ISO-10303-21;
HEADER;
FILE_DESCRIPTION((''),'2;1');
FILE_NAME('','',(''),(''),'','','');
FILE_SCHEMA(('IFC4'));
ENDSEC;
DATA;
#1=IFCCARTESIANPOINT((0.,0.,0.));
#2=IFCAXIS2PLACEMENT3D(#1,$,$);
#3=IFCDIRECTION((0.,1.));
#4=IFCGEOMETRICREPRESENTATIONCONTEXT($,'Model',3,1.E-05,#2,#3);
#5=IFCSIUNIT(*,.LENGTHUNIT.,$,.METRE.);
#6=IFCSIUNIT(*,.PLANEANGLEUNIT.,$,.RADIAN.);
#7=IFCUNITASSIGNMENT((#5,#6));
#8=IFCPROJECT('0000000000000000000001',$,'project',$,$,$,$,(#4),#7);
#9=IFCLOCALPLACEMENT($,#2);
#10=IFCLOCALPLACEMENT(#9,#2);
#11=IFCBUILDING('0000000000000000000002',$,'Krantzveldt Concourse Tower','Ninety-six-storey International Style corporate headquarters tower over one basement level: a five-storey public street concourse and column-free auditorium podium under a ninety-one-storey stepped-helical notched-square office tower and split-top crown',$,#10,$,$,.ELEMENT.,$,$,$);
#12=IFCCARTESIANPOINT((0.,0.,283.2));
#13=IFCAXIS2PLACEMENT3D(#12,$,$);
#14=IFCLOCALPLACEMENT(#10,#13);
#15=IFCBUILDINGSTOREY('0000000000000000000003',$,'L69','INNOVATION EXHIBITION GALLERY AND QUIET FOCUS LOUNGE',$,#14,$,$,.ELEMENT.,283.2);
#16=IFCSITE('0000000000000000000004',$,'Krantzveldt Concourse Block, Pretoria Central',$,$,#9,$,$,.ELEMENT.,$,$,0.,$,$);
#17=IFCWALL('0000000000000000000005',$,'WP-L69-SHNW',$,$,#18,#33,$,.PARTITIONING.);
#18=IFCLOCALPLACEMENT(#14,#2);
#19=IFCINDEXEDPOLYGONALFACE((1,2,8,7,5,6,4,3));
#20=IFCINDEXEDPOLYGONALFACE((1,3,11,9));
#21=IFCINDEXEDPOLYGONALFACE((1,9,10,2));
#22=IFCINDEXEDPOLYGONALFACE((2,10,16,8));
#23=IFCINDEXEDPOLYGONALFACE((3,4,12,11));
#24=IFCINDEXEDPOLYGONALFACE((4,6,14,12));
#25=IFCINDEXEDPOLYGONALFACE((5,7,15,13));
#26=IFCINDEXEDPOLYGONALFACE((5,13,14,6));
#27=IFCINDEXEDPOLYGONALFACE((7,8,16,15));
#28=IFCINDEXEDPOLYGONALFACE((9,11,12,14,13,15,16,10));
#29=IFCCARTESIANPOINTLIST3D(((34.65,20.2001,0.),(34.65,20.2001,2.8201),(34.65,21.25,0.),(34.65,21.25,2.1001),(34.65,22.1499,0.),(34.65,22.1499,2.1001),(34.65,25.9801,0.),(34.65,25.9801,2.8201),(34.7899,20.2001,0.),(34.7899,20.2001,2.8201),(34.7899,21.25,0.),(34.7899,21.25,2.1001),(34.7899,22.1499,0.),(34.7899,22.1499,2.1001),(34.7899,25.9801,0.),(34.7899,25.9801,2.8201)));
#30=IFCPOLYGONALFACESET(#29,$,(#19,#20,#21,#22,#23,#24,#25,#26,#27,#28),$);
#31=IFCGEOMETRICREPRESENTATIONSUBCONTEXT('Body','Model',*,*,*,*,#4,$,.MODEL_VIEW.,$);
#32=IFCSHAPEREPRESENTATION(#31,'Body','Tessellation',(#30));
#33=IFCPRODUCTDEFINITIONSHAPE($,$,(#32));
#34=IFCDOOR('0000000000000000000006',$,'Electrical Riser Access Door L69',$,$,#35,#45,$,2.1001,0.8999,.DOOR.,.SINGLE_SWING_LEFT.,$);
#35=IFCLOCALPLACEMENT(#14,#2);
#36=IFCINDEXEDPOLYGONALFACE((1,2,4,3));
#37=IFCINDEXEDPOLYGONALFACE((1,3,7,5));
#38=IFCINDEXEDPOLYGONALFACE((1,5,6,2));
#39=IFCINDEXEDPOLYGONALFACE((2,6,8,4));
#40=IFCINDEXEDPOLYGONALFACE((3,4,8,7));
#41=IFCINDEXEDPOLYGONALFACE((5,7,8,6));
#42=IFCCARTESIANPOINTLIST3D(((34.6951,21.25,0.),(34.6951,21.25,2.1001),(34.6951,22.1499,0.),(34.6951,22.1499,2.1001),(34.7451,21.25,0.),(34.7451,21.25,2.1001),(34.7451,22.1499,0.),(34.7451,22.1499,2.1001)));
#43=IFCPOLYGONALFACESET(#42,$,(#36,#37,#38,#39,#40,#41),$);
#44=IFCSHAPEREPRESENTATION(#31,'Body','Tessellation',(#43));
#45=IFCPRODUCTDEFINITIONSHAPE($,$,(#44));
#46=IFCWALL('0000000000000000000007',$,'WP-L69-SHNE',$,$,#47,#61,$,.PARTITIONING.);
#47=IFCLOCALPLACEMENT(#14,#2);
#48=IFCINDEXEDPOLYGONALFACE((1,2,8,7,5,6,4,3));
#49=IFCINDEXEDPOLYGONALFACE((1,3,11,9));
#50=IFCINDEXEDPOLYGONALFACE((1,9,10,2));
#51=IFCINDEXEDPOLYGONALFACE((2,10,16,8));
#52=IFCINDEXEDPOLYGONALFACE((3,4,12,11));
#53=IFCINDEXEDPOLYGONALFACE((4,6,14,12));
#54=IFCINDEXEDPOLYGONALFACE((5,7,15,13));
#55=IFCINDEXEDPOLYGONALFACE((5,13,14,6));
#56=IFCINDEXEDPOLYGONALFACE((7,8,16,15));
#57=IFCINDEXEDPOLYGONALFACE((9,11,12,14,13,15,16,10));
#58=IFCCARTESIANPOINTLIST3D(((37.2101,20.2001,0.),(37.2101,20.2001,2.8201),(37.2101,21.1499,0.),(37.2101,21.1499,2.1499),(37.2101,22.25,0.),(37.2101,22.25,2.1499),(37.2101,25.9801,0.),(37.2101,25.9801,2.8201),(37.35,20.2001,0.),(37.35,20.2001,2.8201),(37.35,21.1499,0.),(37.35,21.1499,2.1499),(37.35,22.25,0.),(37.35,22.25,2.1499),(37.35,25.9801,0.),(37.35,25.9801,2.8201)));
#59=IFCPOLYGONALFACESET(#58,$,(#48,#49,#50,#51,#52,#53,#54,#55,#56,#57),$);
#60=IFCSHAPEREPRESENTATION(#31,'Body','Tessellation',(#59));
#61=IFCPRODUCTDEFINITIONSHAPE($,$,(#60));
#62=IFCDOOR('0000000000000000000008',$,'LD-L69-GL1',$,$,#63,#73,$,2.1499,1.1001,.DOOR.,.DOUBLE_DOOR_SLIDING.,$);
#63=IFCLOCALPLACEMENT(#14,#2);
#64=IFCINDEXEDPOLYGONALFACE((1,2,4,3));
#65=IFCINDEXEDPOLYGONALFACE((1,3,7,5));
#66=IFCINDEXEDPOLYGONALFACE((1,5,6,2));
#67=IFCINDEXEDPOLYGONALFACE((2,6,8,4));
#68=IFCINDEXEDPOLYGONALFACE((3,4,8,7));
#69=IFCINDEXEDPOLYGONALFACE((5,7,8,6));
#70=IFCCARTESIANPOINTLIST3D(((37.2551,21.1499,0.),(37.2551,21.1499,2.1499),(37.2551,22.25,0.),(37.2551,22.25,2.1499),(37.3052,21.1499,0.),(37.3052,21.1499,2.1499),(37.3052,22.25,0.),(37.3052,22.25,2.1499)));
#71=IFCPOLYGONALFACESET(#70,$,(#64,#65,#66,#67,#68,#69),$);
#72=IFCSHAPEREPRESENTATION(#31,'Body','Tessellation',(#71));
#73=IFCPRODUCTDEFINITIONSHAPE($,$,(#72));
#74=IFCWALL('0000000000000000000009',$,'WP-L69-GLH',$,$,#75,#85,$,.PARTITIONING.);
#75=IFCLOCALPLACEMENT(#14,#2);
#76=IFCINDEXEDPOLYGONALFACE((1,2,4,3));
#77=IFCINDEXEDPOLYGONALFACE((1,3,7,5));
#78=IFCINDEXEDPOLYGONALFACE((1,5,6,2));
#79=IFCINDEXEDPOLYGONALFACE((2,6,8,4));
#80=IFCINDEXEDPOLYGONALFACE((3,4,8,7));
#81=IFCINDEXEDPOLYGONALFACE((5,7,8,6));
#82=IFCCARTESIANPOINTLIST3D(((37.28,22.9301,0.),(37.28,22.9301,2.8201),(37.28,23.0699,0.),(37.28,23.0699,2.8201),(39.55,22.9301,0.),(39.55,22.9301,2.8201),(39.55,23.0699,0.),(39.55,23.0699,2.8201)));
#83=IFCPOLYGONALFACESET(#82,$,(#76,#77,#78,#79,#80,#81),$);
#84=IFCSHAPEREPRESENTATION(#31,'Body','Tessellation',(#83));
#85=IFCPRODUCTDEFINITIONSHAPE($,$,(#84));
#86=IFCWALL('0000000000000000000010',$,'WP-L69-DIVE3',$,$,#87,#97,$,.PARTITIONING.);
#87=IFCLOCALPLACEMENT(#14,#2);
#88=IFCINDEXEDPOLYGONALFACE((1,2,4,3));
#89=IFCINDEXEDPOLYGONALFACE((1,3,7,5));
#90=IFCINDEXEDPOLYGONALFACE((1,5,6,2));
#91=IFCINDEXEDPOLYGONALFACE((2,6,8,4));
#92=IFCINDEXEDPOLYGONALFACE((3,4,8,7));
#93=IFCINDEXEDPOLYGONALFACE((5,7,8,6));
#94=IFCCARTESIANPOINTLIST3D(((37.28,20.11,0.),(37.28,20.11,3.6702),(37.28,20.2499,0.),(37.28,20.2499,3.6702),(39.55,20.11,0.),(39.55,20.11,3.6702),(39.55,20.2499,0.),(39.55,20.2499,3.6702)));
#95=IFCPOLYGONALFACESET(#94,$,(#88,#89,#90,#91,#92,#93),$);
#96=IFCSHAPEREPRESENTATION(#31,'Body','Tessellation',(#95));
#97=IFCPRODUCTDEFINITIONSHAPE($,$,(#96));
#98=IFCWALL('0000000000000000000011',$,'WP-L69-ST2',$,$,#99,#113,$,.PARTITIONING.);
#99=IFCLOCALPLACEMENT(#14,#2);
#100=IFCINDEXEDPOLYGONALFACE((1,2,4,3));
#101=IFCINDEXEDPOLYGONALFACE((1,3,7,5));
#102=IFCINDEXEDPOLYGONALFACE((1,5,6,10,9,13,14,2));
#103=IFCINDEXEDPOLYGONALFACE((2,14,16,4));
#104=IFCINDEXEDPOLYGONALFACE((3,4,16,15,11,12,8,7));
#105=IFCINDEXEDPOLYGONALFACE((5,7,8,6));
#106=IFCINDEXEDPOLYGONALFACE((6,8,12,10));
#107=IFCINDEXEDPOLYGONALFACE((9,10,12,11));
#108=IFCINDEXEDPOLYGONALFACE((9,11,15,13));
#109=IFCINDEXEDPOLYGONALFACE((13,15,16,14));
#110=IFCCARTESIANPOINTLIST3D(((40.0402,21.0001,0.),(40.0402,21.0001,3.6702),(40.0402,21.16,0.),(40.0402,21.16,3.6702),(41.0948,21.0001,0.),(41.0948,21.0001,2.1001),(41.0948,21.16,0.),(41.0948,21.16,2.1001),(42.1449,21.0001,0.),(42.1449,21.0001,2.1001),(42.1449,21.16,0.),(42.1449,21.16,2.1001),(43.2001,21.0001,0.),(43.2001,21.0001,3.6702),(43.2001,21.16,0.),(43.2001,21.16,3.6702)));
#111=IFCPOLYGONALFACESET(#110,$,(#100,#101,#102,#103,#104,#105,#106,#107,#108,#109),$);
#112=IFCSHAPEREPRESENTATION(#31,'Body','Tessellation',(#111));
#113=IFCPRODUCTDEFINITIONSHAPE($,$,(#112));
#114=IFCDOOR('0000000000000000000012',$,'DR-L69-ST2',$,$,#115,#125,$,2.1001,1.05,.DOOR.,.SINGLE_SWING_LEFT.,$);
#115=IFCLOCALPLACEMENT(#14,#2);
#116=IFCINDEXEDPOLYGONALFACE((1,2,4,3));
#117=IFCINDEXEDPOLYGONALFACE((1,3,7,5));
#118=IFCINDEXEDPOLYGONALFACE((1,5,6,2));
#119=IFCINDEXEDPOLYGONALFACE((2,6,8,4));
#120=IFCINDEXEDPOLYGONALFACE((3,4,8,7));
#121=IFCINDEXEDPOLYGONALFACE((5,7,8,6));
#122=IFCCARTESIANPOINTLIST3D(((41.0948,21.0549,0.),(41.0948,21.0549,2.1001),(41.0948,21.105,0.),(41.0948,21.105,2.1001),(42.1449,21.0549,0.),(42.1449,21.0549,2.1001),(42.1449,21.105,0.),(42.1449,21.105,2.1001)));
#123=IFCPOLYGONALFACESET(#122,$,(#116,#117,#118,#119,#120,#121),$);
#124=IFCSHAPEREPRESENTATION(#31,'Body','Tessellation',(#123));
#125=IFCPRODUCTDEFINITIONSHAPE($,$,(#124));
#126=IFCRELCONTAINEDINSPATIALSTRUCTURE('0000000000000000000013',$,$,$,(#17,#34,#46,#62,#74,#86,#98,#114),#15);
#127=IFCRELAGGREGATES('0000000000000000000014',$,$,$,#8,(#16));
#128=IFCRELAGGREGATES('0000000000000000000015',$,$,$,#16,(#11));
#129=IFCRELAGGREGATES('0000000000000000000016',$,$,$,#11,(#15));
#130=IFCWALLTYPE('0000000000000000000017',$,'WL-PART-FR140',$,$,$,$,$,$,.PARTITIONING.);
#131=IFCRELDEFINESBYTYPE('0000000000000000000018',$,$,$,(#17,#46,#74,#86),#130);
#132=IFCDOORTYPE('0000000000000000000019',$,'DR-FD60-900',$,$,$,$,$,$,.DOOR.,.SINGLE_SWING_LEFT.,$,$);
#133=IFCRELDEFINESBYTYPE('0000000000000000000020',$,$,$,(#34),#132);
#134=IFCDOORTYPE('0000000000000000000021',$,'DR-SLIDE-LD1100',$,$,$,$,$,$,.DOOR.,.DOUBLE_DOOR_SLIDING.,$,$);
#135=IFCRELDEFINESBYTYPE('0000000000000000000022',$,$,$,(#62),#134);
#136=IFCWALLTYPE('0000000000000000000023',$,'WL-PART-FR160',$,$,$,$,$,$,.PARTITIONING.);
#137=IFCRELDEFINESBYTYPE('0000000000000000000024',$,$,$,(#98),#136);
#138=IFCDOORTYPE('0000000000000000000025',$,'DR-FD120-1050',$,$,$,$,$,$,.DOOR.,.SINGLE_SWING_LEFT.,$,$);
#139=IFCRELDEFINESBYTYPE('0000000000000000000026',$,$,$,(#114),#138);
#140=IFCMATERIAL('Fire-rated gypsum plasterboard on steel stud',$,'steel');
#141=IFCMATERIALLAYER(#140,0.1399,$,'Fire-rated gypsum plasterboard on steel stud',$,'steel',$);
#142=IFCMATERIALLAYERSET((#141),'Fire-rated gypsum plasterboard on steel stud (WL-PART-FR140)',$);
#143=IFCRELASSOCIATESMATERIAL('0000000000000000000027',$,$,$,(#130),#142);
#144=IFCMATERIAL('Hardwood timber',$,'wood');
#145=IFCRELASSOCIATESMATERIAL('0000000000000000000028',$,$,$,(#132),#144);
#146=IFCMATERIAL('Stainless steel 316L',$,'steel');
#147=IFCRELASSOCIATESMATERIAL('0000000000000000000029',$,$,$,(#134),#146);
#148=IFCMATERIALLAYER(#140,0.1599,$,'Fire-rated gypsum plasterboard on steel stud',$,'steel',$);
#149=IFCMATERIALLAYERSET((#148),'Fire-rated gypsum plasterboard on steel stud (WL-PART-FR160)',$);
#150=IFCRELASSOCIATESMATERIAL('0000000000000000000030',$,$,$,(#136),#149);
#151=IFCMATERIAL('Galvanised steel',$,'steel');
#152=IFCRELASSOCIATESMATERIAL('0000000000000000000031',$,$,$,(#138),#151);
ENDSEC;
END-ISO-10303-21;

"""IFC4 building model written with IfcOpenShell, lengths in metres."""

from ifc_helpers import new_model, si_unit, direction, frame, frame_2d, origin, place, context, subcontext, project, spatial, rectangle, extrude, material, layer, layer_set, type_object, element, fill, save


model = new_model("IFC4")

# Units and contexts
model_context = context("Model", 3, precision=1e-05, world=origin(), true_north=direction((0.0, 1.0)))
body_context = subcontext(model_context, "Body", "Model", "MODEL_VIEW")
ifc_project = project(units=[si_unit("LENGTHUNIT", "METRE"), si_unit("PLANEANGLEUNIT", "RADIAN")], contexts=[model_context])

# Site, building, storey
site_placement = place(None, origin())
site = spatial("IfcSite", under=ifc_project, at=site_placement, Name="Krantzveldt Concourse Block, Pretoria Central", CompositionType="ELEMENT", RefElevation=0.0)
building_placement = place(site_placement, origin())
building = spatial("IfcBuilding", under=site, at=building_placement, Name="Krantzveldt Concourse Tower", Description="Ninety-six-storey International Style corporate headquarters tower over one basement level: a five-storey public street concourse and column-free auditorium podium under a ninety-one-storey stepped-helical notched-square office tower and split-top crown", CompositionType="ELEMENT")
storey_placement = place(building_placement, frame((0.0, 0.0, 283.2)))
storey = spatial("IfcBuildingStorey", under=building, at=storey_placement, Name="L69", Description="INNOVATION EXHIBITION GALLERY AND QUIET FOCUS LOUNGE", CompositionType="ELEMENT", Elevation=283.2)

# Shared definitions
ifc_material_1 = material(Name="Fire-rated gypsum plasterboard on steel stud", Category="steel")

# Walls, openings, doors
ifc_layer_1 = layer(ifc_material_1, 0.1399, Name="Fire-rated gypsum plasterboard on steel stud", Category="steel")
ifc_layer_set_1 = layer_set([ifc_layer_1], Name="Fire-rated gypsum plasterboard on steel stud (WL-PART-FR140)")
wall_type_1 = type_object("IfcWallType", Name="WL-PART-FR140", PredefinedType="PARTITIONING", material=ifc_layer_set_1)
wall_1_placement = place(storey_placement, frame((34.72, 20.2, 0.0), z_axis=(0.0, 0.0, 1.0), x_axis=(0.0, 1.0, 0.0)))
wall_1 = element("IfcWall", 1, at=wall_1_placement, inside=storey, type_object=wall_type_1, Name="WP-L69-SHNW", PredefinedType="PARTITIONING", context=body_context, shape_type="SweptSolid", body=[
    extrude(rectangle(XDim=5.78, YDim=0.1399, at=frame_2d((2.8901, 0.0))), origin(), (0.0, 0.0, 1.0), 2.8201),
])
opening_1_placement = place(wall_1_placement, frame((1.05, 0.0, 0.0)))
opening_1 = element("IfcOpeningElement", 2, at=opening_1_placement, cuts=wall_1, PredefinedType="OPENING", context=body_context, shape_type="SweptSolid", body=[
    extrude(rectangle(XDim=0.8999, YDim=2.1001, at=frame_2d((0.45, 1.05))), frame((0.0, 0.0801, 0.0), z_axis=(0.0, -1.0, 0.0), x_axis=(1.0, 0.0, 0.0)), (0.0, 0.0, 1.0), 0.1599),
])
ifc_material_2 = material(Name="Hardwood timber", Category="wood")
door_type_1 = type_object("IfcDoorType", Name="DR-FD60-900", OperationType="SINGLE_SWING_LEFT", PredefinedType="DOOR", material=ifc_material_2)
door_1_placement = place(opening_1_placement, origin())
door_1 = element("IfcDoor", 3, at=door_1_placement, inside=storey, type_object=door_type_1, Name="Electrical Riser Access Door L69", OperationType="SINGLE_SWING_LEFT", OverallHeight=2.1001, OverallWidth=0.8999, PredefinedType="DOOR", context=body_context, shape_type="SweptSolid", body=[
    extrude(rectangle(XDim=0.8999, YDim=2.1001, at=frame_2d((0.45, 1.05))), frame((0.0, 0.0249, 0.0), z_axis=(0.0, -1.0, 0.0), x_axis=(1.0, 0.0, 0.0)), (0.0, 0.0, 1.0), 0.05),
])
fill(opening_1, door_1)
wall_2_placement = place(storey_placement, frame((37.28, 20.2, 0.0), z_axis=(0.0, 0.0, 1.0), x_axis=(0.0, 1.0, 0.0)))
wall_2 = element("IfcWall", 4, at=wall_2_placement, inside=storey, type_object=wall_type_1, Name="WP-L69-SHNE", PredefinedType="PARTITIONING", context=body_context, shape_type="SweptSolid", body=[
    extrude(rectangle(XDim=5.78, YDim=0.1399, at=frame_2d((2.8901, 0.0))), origin(), (0.0, 0.0, 1.0), 2.8201),
])
opening_2_placement = place(wall_2_placement, frame((0.95, 0.0, 0.0)))
opening_2 = element("IfcOpeningElement", 5, at=opening_2_placement, cuts=wall_2, PredefinedType="OPENING", context=body_context, shape_type="SweptSolid", body=[
    extrude(rectangle(XDim=1.1001, YDim=2.1499, at=frame_2d((0.55, 1.075))), frame((0.0, 0.0801, 0.0), z_axis=(0.0, -1.0, 0.0), x_axis=(1.0, 0.0, 0.0)), (0.0, 0.0, 1.0), 0.1599),
])
ifc_material_3 = material(Name="Stainless steel 316L", Category="steel")
door_type_2 = type_object("IfcDoorType", Name="DR-SLIDE-LD1100", OperationType="DOUBLE_DOOR_SLIDING", PredefinedType="DOOR", material=ifc_material_3)
door_2_placement = place(opening_2_placement, origin())
door_2 = element("IfcDoor", 6, at=door_2_placement, inside=storey, type_object=door_type_2, Name="LD-L69-GL1", OperationType="DOUBLE_DOOR_SLIDING", OverallHeight=2.1499, OverallWidth=1.1001, PredefinedType="DOOR", context=body_context, shape_type="SweptSolid", body=[
    extrude(rectangle(XDim=1.1001, YDim=2.1499, at=frame_2d((0.55, 1.075))), frame((0.0, 0.0249, 0.0), z_axis=(0.0, -1.0, 0.0), x_axis=(1.0, 0.0, 0.0)), (0.0, 0.0, 1.0), 0.05),
])
fill(opening_2, door_2)

# Walls
wall_3_placement = place(storey_placement, frame((37.28, 23.0, 0.0), z_axis=(0.0, 0.0, 1.0), x_axis=(1.0, 0.0, 0.0)))
element("IfcWall", 7, at=wall_3_placement, inside=storey, type_object=wall_type_1, Name="WP-L69-GLH", PredefinedType="PARTITIONING", context=body_context, shape_type="SweptSolid", body=[
    extrude(rectangle(XDim=2.27, YDim=0.1399, at=frame_2d((1.135, 0.0))), origin(), (0.0, 0.0, 1.0), 2.8201),
])
wall_4_placement = place(storey_placement, frame((37.28, 20.1799, 0.0), z_axis=(0.0, 0.0, 1.0), x_axis=(1.0, 0.0, 0.0)))
element("IfcWall", 8, at=wall_4_placement, inside=storey, type_object=wall_type_1, Name="WP-L69-DIVE3", PredefinedType="PARTITIONING", context=body_context, shape_type="SweptSolid", body=[
    extrude(rectangle(XDim=2.27, YDim=0.1399, at=frame_2d((1.135, 0.0))), origin(), (0.0, 0.0, 1.0), 3.6702),
])

# Wall, opening, door
ifc_layer_2 = layer(ifc_material_1, 0.1599, Name="Fire-rated gypsum plasterboard on steel stud", Category="steel")
ifc_layer_set_2 = layer_set([ifc_layer_2], Name="Fire-rated gypsum plasterboard on steel stud (WL-PART-FR160)")
wall_type_2 = type_object("IfcWallType", Name="WL-PART-FR160", PredefinedType="PARTITIONING", material=ifc_layer_set_2)
wall_5_placement = place(storey_placement, frame((40.04, 21.0801, 0.0), z_axis=(0.0, 0.0, 1.0), x_axis=(1.0, 0.0, 0.0)))
wall_5 = element("IfcWall", 9, at=wall_5_placement, inside=storey, type_object=wall_type_2, Name="WP-L69-ST2", PredefinedType="PARTITIONING", context=body_context, shape_type="SweptSolid", body=[
    extrude(rectangle(XDim=3.1599, YDim=0.1599, at=frame_2d((1.5801, 0.0))), origin(), (0.0, 0.0, 1.0), 3.6702),
])
opening_3_placement = place(wall_5_placement, frame((1.0549, 0.0, 0.0)))
opening_3 = element("IfcOpeningElement", 10, at=opening_3_placement, cuts=wall_5, PredefinedType="OPENING", context=body_context, shape_type="SweptSolid", body=[
    extrude(rectangle(XDim=1.05, YDim=2.1001, at=frame_2d((0.5249, 1.05))), frame((0.0, 0.0898, 0.0), z_axis=(0.0, -1.0, 0.0), x_axis=(1.0, 0.0, 0.0)), (0.0, 0.0, 1.0), 0.1799),
])
ifc_material_4 = material(Name="Galvanised steel", Category="steel")
door_type_3 = type_object("IfcDoorType", Name="DR-FD120-1050", OperationType="SINGLE_SWING_LEFT", PredefinedType="DOOR", material=ifc_material_4)
door_3_placement = place(opening_3_placement, origin())
door_3 = element("IfcDoor", 11, at=door_3_placement, inside=storey, type_object=door_type_3, Name="DR-L69-ST2", OperationType="SINGLE_SWING_LEFT", OverallHeight=2.1001, OverallWidth=1.05, PredefinedType="DOOR", context=body_context, shape_type="SweptSolid", body=[
    extrude(rectangle(XDim=1.05, YDim=2.1001, at=frame_2d((0.5249, 1.05))), frame((0.0, 0.0249, 0.0), z_axis=(0.0, -1.0, 0.0), x_axis=(1.0, 0.0, 0.0)), (0.0, 0.0, 1.0), 0.05),
])
fill(opening_3, door_3)

save(model, "model.ifc")
